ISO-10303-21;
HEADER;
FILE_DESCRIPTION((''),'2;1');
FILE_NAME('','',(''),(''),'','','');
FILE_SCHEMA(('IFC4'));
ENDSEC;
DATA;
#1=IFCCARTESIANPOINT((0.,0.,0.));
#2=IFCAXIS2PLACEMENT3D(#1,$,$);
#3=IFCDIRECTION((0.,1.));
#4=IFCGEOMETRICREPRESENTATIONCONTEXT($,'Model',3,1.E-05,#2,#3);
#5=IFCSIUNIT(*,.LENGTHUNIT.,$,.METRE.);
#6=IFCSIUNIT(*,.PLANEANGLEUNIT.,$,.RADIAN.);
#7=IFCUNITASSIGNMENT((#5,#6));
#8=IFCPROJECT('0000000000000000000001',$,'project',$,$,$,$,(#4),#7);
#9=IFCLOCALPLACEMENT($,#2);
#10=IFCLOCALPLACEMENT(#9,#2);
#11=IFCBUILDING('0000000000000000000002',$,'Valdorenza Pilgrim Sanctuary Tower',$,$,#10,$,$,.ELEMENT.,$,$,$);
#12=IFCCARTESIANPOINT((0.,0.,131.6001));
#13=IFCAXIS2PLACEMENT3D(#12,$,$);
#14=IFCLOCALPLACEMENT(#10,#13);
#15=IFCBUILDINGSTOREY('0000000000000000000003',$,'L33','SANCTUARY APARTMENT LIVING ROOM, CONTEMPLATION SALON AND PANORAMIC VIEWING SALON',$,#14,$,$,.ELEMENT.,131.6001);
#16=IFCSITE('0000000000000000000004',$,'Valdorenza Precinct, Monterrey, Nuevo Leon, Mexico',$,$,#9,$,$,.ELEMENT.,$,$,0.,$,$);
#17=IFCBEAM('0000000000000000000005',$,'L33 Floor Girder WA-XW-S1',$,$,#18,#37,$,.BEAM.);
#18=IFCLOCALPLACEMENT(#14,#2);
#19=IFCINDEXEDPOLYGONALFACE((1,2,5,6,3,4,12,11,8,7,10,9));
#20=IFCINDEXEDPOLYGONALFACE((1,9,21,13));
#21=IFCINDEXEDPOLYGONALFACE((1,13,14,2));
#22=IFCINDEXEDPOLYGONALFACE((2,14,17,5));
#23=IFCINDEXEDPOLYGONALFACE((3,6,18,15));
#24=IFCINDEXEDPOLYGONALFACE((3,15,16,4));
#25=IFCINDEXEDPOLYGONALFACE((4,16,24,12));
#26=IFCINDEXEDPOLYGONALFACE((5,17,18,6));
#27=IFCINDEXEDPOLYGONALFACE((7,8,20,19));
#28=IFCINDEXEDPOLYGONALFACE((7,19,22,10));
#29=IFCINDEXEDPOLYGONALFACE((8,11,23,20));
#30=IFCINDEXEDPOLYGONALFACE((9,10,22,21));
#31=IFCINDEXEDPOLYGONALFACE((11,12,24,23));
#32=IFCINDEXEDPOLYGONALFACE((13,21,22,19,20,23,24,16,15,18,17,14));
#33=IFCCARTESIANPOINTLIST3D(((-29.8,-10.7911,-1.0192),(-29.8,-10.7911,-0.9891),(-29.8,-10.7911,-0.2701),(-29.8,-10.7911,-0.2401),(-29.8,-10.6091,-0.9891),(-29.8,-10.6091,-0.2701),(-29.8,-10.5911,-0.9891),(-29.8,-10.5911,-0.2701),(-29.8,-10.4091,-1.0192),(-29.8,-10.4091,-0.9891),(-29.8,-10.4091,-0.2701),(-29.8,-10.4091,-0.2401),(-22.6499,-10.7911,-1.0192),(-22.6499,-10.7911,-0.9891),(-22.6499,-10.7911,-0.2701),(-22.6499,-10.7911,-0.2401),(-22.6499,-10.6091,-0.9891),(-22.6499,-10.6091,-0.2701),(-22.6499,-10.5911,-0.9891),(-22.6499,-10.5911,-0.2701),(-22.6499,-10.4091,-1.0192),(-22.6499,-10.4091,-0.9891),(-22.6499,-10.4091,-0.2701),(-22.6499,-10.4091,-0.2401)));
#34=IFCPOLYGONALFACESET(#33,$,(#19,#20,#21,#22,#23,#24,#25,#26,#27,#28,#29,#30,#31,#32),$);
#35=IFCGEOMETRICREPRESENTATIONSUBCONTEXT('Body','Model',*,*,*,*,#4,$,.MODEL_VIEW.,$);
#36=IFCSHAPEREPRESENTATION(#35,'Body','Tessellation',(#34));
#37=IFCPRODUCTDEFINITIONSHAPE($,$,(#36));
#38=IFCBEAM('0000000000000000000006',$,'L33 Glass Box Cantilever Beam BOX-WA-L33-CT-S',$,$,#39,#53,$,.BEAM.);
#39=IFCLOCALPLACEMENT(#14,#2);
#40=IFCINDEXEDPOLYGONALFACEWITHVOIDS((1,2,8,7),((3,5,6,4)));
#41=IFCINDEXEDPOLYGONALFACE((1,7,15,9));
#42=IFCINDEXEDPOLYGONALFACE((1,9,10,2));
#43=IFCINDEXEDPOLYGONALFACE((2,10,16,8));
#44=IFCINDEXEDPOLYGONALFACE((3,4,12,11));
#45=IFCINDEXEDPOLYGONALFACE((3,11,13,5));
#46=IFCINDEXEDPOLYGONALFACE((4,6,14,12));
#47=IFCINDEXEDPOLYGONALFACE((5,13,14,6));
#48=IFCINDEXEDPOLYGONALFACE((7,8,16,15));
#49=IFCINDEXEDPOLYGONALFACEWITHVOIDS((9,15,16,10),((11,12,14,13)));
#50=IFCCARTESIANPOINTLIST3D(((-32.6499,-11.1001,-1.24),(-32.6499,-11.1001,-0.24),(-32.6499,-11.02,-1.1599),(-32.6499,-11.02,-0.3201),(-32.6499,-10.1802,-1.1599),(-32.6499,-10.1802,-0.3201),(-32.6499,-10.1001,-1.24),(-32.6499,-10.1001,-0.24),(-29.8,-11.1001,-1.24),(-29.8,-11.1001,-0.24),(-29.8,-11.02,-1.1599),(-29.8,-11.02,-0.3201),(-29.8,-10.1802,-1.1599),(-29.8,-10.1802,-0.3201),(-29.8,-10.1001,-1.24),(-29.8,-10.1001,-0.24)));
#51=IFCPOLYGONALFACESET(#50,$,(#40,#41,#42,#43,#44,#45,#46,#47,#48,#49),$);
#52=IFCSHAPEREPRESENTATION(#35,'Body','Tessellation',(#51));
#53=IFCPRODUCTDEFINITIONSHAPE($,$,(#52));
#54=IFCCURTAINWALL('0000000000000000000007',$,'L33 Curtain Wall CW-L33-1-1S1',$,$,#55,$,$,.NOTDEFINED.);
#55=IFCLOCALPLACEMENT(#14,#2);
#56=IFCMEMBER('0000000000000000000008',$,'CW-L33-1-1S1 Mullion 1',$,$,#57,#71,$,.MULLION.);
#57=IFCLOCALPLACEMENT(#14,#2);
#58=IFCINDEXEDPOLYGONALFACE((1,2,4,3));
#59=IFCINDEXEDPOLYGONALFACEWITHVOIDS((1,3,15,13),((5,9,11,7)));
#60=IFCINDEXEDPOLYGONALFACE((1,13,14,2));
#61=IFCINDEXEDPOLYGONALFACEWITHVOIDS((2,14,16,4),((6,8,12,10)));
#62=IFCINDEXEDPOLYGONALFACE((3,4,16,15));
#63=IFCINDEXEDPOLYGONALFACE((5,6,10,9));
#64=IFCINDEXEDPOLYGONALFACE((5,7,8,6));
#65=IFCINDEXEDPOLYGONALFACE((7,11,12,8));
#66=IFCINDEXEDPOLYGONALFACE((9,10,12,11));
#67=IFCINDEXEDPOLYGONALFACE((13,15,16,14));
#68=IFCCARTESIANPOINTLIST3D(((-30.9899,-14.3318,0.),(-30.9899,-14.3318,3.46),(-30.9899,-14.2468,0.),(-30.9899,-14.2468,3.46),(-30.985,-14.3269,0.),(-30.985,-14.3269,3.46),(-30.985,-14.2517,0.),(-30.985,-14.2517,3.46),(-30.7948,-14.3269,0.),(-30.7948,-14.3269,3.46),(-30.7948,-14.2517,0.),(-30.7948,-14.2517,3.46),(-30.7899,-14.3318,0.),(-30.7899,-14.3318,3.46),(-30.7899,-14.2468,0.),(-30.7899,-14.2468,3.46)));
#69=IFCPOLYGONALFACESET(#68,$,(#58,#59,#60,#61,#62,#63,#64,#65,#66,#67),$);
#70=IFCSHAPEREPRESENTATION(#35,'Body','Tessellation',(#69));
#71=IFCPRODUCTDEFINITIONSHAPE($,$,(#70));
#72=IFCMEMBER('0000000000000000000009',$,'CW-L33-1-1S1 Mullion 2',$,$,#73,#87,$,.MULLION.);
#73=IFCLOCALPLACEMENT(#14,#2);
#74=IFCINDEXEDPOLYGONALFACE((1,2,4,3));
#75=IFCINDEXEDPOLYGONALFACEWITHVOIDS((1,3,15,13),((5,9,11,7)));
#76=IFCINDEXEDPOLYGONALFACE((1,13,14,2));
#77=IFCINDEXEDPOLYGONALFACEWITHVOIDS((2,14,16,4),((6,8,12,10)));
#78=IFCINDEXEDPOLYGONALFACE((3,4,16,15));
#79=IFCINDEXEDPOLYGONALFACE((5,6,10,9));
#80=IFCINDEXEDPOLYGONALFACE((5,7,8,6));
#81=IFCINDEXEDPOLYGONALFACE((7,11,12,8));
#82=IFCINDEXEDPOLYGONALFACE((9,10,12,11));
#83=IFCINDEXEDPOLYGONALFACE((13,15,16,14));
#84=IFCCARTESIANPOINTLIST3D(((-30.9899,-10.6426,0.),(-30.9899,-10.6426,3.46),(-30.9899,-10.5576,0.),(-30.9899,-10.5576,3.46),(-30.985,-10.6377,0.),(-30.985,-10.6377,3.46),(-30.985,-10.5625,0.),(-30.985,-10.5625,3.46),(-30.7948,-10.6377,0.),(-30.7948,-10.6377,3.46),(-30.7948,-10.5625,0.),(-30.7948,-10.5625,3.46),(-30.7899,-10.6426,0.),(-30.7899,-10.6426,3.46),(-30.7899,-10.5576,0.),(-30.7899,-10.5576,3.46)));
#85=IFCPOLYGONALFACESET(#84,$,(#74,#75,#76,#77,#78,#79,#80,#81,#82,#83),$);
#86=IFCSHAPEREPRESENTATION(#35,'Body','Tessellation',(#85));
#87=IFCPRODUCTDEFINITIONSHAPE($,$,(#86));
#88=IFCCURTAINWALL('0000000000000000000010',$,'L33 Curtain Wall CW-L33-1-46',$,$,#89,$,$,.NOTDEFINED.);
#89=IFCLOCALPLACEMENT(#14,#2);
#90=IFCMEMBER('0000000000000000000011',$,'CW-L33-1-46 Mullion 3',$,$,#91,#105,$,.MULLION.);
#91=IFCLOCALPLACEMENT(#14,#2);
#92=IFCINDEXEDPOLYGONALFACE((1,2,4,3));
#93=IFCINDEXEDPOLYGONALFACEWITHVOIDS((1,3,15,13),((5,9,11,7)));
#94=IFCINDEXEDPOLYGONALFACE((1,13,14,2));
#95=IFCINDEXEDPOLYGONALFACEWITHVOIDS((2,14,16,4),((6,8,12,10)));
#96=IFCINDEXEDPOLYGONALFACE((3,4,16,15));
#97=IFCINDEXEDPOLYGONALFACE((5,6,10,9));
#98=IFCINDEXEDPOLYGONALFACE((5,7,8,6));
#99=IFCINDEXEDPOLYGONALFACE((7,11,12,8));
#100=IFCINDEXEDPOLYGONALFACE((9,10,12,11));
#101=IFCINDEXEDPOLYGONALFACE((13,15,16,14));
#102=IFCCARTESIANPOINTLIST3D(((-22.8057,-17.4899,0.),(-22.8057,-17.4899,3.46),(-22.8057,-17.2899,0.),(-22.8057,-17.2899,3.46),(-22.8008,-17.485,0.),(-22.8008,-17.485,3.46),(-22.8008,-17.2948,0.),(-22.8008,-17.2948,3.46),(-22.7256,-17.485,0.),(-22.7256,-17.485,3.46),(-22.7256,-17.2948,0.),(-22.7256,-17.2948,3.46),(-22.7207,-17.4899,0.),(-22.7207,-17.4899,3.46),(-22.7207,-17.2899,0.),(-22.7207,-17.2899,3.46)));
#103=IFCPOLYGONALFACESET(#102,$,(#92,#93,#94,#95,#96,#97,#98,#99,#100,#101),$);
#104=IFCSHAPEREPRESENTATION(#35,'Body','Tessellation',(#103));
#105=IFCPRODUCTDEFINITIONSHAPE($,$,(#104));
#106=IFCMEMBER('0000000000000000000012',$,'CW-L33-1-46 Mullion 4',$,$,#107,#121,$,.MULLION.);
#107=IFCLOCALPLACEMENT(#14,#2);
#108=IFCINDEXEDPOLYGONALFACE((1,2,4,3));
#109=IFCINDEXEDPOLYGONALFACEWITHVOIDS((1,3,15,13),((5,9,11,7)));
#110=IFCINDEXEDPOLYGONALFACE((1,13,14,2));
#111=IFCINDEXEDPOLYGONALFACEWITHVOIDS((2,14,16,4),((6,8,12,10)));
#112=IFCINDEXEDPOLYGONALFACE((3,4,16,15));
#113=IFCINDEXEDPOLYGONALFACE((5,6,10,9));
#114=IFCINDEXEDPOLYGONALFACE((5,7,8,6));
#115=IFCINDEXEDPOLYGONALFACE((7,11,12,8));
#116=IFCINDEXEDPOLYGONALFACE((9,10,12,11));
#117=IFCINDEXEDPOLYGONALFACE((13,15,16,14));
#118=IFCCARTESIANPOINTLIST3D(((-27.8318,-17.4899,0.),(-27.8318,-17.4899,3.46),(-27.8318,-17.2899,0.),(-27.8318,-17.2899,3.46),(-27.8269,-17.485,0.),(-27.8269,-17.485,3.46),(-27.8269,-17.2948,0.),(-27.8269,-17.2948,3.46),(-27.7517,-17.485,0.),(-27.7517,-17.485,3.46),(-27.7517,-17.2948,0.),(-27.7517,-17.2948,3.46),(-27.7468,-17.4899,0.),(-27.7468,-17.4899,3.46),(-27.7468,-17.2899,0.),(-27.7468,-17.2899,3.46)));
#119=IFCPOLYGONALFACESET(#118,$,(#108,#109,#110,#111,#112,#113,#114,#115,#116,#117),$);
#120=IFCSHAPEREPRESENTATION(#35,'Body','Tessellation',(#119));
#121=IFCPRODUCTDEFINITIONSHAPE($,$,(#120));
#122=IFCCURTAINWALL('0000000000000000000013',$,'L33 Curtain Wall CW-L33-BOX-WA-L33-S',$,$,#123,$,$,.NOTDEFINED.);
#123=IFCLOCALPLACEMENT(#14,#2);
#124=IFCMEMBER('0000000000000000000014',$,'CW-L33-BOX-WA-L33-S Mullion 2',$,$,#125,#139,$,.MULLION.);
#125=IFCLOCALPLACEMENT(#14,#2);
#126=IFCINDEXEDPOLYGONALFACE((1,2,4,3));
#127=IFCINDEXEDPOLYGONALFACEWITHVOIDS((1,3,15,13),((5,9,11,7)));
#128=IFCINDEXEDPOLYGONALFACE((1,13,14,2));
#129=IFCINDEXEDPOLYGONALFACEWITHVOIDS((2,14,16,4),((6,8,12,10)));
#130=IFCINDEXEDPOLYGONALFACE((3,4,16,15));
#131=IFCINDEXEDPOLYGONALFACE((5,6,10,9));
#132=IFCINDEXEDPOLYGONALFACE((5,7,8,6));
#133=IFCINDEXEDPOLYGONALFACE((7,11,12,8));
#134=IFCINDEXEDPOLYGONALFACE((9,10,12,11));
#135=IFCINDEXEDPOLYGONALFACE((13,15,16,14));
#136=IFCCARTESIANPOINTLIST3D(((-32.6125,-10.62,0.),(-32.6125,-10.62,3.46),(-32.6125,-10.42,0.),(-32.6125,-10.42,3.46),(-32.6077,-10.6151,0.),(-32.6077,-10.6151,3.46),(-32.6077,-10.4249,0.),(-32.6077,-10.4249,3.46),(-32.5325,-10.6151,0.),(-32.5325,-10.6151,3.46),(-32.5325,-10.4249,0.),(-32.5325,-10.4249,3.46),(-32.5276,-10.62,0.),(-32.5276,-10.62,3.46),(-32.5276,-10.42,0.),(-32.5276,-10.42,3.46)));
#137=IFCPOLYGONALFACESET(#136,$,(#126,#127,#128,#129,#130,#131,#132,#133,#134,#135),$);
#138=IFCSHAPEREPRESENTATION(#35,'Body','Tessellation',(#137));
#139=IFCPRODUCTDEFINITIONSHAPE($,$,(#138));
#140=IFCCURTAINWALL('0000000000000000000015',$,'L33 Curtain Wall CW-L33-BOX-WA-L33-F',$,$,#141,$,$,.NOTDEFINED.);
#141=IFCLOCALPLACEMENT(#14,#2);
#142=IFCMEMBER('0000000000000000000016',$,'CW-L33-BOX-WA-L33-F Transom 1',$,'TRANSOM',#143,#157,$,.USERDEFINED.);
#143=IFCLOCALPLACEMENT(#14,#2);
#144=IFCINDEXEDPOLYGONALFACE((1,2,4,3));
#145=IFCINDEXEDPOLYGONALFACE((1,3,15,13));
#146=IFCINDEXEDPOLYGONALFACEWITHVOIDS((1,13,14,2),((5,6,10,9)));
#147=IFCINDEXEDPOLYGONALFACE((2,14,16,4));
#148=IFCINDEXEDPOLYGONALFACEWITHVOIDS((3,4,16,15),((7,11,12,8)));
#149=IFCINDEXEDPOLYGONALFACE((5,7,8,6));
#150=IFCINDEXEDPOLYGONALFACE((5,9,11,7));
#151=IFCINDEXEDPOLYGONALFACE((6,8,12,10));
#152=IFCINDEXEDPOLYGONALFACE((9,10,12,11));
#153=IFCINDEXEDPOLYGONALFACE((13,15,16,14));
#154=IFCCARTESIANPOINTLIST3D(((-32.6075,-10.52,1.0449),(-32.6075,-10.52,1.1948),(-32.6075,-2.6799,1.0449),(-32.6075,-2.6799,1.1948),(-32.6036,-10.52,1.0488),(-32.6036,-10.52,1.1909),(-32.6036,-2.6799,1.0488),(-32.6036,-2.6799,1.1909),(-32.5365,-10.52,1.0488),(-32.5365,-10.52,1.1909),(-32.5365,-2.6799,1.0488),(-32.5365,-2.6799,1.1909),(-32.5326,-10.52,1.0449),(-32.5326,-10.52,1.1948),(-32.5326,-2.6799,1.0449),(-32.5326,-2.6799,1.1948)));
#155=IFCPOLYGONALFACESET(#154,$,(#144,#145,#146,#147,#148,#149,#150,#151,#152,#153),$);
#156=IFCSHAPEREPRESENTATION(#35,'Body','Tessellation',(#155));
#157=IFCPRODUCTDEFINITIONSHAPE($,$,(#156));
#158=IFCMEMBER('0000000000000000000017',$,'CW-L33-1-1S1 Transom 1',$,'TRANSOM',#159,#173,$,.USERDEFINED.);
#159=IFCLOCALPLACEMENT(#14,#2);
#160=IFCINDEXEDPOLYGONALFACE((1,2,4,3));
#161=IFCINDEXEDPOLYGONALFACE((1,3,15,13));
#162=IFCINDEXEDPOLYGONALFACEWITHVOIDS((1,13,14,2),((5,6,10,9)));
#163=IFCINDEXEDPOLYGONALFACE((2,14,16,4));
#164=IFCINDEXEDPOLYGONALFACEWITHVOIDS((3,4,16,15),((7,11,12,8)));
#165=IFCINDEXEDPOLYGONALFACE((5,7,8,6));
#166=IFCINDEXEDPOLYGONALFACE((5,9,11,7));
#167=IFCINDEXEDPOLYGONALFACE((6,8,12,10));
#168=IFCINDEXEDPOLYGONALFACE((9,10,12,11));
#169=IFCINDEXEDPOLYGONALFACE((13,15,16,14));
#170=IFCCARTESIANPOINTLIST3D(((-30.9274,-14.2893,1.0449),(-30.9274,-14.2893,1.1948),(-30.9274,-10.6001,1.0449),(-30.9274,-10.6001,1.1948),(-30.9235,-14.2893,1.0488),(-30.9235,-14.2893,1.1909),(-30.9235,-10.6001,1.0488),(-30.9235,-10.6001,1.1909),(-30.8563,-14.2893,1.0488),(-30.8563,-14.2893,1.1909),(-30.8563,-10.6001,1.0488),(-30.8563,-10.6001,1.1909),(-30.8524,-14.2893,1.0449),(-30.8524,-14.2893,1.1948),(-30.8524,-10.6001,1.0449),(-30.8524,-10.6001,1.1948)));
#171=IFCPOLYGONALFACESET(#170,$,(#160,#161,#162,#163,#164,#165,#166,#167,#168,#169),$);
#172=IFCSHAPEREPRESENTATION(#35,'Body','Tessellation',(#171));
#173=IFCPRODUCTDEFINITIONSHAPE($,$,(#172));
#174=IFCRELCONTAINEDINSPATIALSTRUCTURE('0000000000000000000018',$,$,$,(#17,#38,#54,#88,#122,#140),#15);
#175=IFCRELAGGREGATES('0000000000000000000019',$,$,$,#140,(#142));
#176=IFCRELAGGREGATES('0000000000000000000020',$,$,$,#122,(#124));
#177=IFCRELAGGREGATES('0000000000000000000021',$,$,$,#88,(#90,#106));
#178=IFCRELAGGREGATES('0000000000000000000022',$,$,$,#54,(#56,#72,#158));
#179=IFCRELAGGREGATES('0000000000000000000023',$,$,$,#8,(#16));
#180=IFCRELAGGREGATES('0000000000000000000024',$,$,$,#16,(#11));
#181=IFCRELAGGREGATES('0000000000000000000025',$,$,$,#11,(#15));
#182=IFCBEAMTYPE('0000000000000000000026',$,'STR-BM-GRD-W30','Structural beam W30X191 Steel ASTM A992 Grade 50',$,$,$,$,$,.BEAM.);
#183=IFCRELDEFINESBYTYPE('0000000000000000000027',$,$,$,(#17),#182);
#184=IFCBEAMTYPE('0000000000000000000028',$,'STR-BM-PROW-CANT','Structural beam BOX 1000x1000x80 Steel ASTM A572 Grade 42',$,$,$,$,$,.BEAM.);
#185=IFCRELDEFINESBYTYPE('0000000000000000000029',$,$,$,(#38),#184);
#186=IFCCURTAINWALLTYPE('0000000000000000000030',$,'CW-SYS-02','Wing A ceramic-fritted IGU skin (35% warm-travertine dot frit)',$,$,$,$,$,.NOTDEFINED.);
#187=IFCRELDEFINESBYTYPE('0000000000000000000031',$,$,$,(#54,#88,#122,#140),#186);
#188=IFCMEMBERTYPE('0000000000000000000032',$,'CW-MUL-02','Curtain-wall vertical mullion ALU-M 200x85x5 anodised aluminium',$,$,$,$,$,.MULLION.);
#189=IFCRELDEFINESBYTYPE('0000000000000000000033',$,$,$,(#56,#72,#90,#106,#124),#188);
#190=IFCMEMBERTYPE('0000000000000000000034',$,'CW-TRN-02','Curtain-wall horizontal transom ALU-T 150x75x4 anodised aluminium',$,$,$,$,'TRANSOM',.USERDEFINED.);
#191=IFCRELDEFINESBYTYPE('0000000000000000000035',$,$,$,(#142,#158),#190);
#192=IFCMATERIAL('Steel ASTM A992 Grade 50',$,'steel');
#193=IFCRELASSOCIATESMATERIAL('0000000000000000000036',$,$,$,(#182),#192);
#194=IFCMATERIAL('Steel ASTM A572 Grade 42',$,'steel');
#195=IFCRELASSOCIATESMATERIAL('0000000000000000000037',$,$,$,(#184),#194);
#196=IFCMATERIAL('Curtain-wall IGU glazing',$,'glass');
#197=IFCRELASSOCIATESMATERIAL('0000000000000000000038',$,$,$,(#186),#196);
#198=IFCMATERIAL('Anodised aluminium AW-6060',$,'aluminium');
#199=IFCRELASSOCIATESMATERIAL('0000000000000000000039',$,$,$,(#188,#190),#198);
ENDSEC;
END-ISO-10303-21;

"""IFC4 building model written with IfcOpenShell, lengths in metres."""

from ifc_helpers import new_model, si_unit, direction, frame, origin, origin_2d, place, context, subcontext, project, spatial, hollow_rectangle, i_section, extrude, source, transform, mapped, material, material_profile, profile_set, type_object, element, aggregate, save


model = new_model("IFC4")

# Units and contexts
model_context = context("Model", 3, precision=1e-05, world=origin(), true_north=direction((0.0, 1.0)))
body_context = subcontext(model_context, "Body", "Model", "MODEL_VIEW")
ifc_project = project(units=[si_unit("LENGTHUNIT", "METRE"), si_unit("PLANEANGLEUNIT", "RADIAN")], contexts=[model_context])

# Site, building, storey
site_placement = place(None, origin())
site = spatial("IfcSite", under=ifc_project, at=site_placement, Name="Valdorenza Precinct, Monterrey, Nuevo Leon, Mexico", CompositionType="ELEMENT", RefElevation=0.0)
building_placement = place(site_placement, origin())
building = spatial("IfcBuilding", under=site, at=building_placement, Name="Valdorenza Pilgrim Sanctuary Tower", CompositionType="ELEMENT")
storey_placement = place(building_placement, frame((0.0, 0.0, 131.6001)))
storey = spatial("IfcBuildingStorey", under=building, at=storey_placement, Name="L33", Description="SANCTUARY APARTMENT LIVING ROOM, CONTEMPLATION SALON AND PANORAMIC VIEWING SALON", CompositionType="ELEMENT", Elevation=131.6001)

# Shared definitions
ifc_material_1 = material(Name="Steel ASTM A992 Grade 50", Category="steel")

# Beams
ifc_material_profile_1 = material_profile(ifc_material_1, i_section(OverallWidth=0.3821, OverallDepth=0.7791, WebThickness=0.0181, FlangeThickness=0.03, at=origin_2d()), Name="W30X191")
ifc_profile_set_1 = profile_set([ifc_material_profile_1], Name="Steel ASTM A992 Grade 50")
beam_type_1 = type_object("IfcBeamType", Name="STR-BM-GRD-W30", Description="Structural beam W30X191 Steel ASTM A992 Grade 50", PredefinedType="BEAM", material=ifc_profile_set_1)
shared_shape_1 = source(origin(), body_context, "Body", "SweptSolid", [
    extrude(i_section(OverallWidth=0.3821, OverallDepth=0.7791, WebThickness=0.0181, FlangeThickness=0.03, at=origin_2d()), origin(), (0.0, 0.0, 1.0), 7.1501),
])
beam_1_placement = place(storey_placement, frame((-29.8, -10.6001, -0.6296), z_axis=(1.0, 0.0, 0.0), x_axis=(0.0, 1.0, 0.0)))
element("IfcBeam", 1, at=beam_1_placement, inside=storey, type_object=beam_type_1, Name="L33 Floor Girder WA-XW-S1", PredefinedType="BEAM", context=body_context, shape_type="MappedRepresentation", body=[
    mapped(shared_shape_1, transform((0.0, 0.0, 0.0), x_axis=(1.0, 0.0, 0.0), y_axis=(0.0, 1.0, 0.0), z_axis=(0.0, 0.0, 1.0), scale=1.0)),
])
ifc_material_2 = material(Name="Steel ASTM A572 Grade 42", Category="steel")
ifc_material_profile_2 = material_profile(ifc_material_2, hollow_rectangle(XDim=1.0, YDim=1.0, WallThickness=0.0801, at=origin_2d()), Name="BOX 1000x1000x80")
ifc_profile_set_2 = profile_set([ifc_material_profile_2], Name="Steel ASTM A572 Grade 42")
beam_type_2 = type_object("IfcBeamType", Name="STR-BM-PROW-CANT", Description="Structural beam BOX 1000x1000x80 Steel ASTM A572 Grade 42", PredefinedType="BEAM", material=ifc_profile_set_2)
shared_shape_2 = source(origin(), body_context, "Body", "SweptSolid", [
    extrude(hollow_rectangle(XDim=1.0, YDim=1.0, WallThickness=0.0801, at=origin_2d()), origin(), (0.0, 0.0, 1.0), 2.8499),
])
beam_2_placement = place(storey_placement, frame((-29.8, -10.6001, -0.74), z_axis=(-1.0, 0.0, 0.0), x_axis=(0.0, -1.0, 0.0)))
element("IfcBeam", 2, at=beam_2_placement, inside=storey, type_object=beam_type_2, Name="L33 Glass Box Cantilever Beam BOX-WA-L33-CT-S", PredefinedType="BEAM", context=body_context, shape_type="MappedRepresentation", body=[
    mapped(shared_shape_2, transform((0.0, 0.0, 0.0), x_axis=(1.0, 0.0, 0.0), y_axis=(0.0, 1.0, 0.0), z_axis=(0.0, 0.0, 1.0), scale=1.0)),
])

# Curtain walls, members
ifc_material_3 = material(Name="Curtain-wall IGU glazing", Category="glass")
curtain_wall_type = type_object("IfcCurtainWallType", Name="CW-SYS-02", Description="Wing A ceramic-fritted IGU skin (35% warm-travertine dot frit)", PredefinedType="NOTDEFINED", material=ifc_material_3)
curtain_wall_1_placement = place(storey_placement, origin())
curtain_wall_1 = element("IfcCurtainWall", 3, at=curtain_wall_1_placement, inside=storey, type_object=curtain_wall_type, Name="L33 Curtain Wall CW-L33-1-1S1", PredefinedType="NOTDEFINED")
ifc_material_4 = material(Name="Anodised aluminium AW-6060", Category="aluminium")
ifc_material_profile_3 = material_profile(ifc_material_4, hollow_rectangle(XDim=0.085, YDim=0.2, WallThickness=0.0049, at=origin_2d()), Name="ALU-M 200x85x5")
ifc_profile_set_3 = profile_set([ifc_material_profile_3], Name="Anodised aluminium AW-6060")
member_type_1 = type_object("IfcMemberType", Name="CW-MUL-02", Description="Curtain-wall vertical mullion ALU-M 200x85x5 anodised aluminium", PredefinedType="MULLION", material=ifc_profile_set_3)
shared_shape_3 = source(origin(), body_context, "Body", "SweptSolid", [
    extrude(hollow_rectangle(XDim=0.085, YDim=0.2, WallThickness=0.0049, at=origin_2d()), origin(), (0.0, 0.0, 1.0), 3.46),
])
member_1_placement = place(storey_placement, frame((-30.8899, -14.2893, 0.0), z_axis=(0.0, 0.0, 1.0), x_axis=(0.0, 1.0, 0.0)))
member_1 = element("IfcMember", 4, at=member_1_placement, type_object=member_type_1, Name="CW-L33-1-1S1 Mullion 1", PredefinedType="MULLION", context=body_context, shape_type="MappedRepresentation", body=[
    mapped(shared_shape_3, transform((0.0, 0.0, 0.0), x_axis=(1.0, 0.0, 0.0), y_axis=(0.0, 1.0, 0.0), z_axis=(0.0, 0.0, 1.0), scale=1.0)),
])
member_2_placement = place(storey_placement, frame((-30.8899, -10.6001, 0.0), z_axis=(0.0, 0.0, 1.0), x_axis=(0.0, 1.0, 0.0)))
member_2 = element("IfcMember", 5, at=member_2_placement, type_object=member_type_1, Name="CW-L33-1-1S1 Mullion 2", PredefinedType="MULLION", context=body_context, shape_type="MappedRepresentation", body=[
    mapped(shared_shape_3, transform((0.0, 0.0, 0.0), x_axis=(1.0, 0.0, 0.0), y_axis=(0.0, 1.0, 0.0), z_axis=(0.0, 0.0, 1.0), scale=1.0)),
])
curtain_wall_2_placement = place(storey_placement, origin())
curtain_wall_2 = element("IfcCurtainWall", 6, at=curtain_wall_2_placement, inside=storey, type_object=curtain_wall_type, Name="L33 Curtain Wall CW-L33-1-46", PredefinedType="NOTDEFINED")
member_3_placement = place(storey_placement, frame((-22.7632, -17.3899, 0.0), z_axis=(0.0, 0.0, 1.0), x_axis=(-1.0, 0.0, 0.0)))
member_3 = element("IfcMember", 7, at=member_3_placement, type_object=member_type_1, Name="CW-L33-1-46 Mullion 3", PredefinedType="MULLION", context=body_context, shape_type="MappedRepresentation", body=[
    mapped(shared_shape_3, transform((0.0, 0.0, 0.0), x_axis=(1.0, 0.0, 0.0), y_axis=(0.0, 1.0, 0.0), z_axis=(0.0, 0.0, 1.0), scale=1.0)),
])
member_4_placement = place(storey_placement, frame((-27.7893, -17.3899, 0.0), z_axis=(0.0, 0.0, 1.0), x_axis=(-1.0, 0.0, 0.0)))
member_4 = element("IfcMember", 8, at=member_4_placement, type_object=member_type_1, Name="CW-L33-1-46 Mullion 4", PredefinedType="MULLION", context=body_context, shape_type="MappedRepresentation", body=[
    mapped(shared_shape_3, transform((0.0, 0.0, 0.0), x_axis=(1.0, 0.0, 0.0), y_axis=(0.0, 1.0, 0.0), z_axis=(0.0, 0.0, 1.0), scale=1.0)),
])

# Curtain walls, members
curtain_wall_3_placement = place(storey_placement, origin())
curtain_wall_3 = element("IfcCurtainWall", 9, at=curtain_wall_3_placement, inside=storey, type_object=curtain_wall_type, Name="L33 Curtain Wall CW-L33-BOX-WA-L33-S", PredefinedType="NOTDEFINED")
member_5_placement = place(storey_placement, frame((-32.5701, -10.52, 0.0), z_axis=(0.0, 0.0, 1.0), x_axis=(-1.0, 0.0, 0.0)))
member_5 = element("IfcMember", 10, at=member_5_placement, type_object=member_type_1, Name="CW-L33-BOX-WA-L33-S Mullion 2", PredefinedType="MULLION", context=body_context, shape_type="MappedRepresentation", body=[
    mapped(shared_shape_3, transform((0.0, 0.0, 0.0), x_axis=(1.0, 0.0, 0.0), y_axis=(0.0, 1.0, 0.0), z_axis=(0.0, 0.0, 1.0), scale=1.0)),
])
curtain_wall_4_placement = place(storey_placement, origin())
curtain_wall_4 = element("IfcCurtainWall", 11, at=curtain_wall_4_placement, inside=storey, type_object=curtain_wall_type, Name="L33 Curtain Wall CW-L33-BOX-WA-L33-F", PredefinedType="NOTDEFINED")
ifc_material_profile_4 = material_profile(ifc_material_4, hollow_rectangle(XDim=0.075, YDim=0.1499, WallThickness=0.0039, at=origin_2d()), Name="ALU-T 150x75x4")
ifc_profile_set_4 = profile_set([ifc_material_profile_4], Name="Anodised aluminium AW-6060")
member_type_2 = type_object("IfcMemberType", Name="CW-TRN-02", Description="Curtain-wall horizontal transom ALU-T 150x75x4 anodised aluminium", ElementType="TRANSOM", PredefinedType="USERDEFINED", material=ifc_profile_set_4)
shared_shape_4 = source(origin(), body_context, "Body", "SweptSolid", [
    extrude(hollow_rectangle(XDim=0.075, YDim=0.1499, WallThickness=0.0039, at=origin_2d()), origin(), (0.0, 0.0, 1.0), 7.8401),
])
member_6_placement = place(storey_placement, frame((-32.5701, -10.52, 1.1199), z_axis=(0.0, 1.0, 0.0), x_axis=(-1.0, 0.0, 0.0)))
member_6 = element("IfcMember", 12, at=member_6_placement, type_object=member_type_2, Name="CW-L33-BOX-WA-L33-F Transom 1", ObjectType="TRANSOM", PredefinedType="USERDEFINED", context=body_context, shape_type="MappedRepresentation", body=[
    mapped(shared_shape_4, transform((0.0, 0.0, 0.0), x_axis=(1.0, 0.0, 0.0), y_axis=(0.0, 1.0, 0.0), z_axis=(0.0, 0.0, 1.0), scale=1.0)),
])
aggregate(curtain_wall_4, [member_6])

# Member
shared_shape_5 = source(origin(), body_context, "Body", "SweptSolid", [
    extrude(hollow_rectangle(XDim=0.075, YDim=0.1499, WallThickness=0.0039, at=origin_2d()), origin(), (0.0, 0.0, 1.0), 3.6892),
])
member_7_placement = place(storey_placement, frame((-30.8899, -14.2893, 1.1199), z_axis=(0.0, 1.0, 0.0), x_axis=(-1.0, 0.0, 0.0)))
member_7 = element("IfcMember", 13, at=member_7_placement, type_object=member_type_2, Name="CW-L33-1-1S1 Transom 1", ObjectType="TRANSOM", PredefinedType="USERDEFINED", context=body_context, shape_type="MappedRepresentation", body=[
    mapped(shared_shape_5, transform((0.0, 0.0, 0.0), x_axis=(1.0, 0.0, 0.0), y_axis=(0.0, 1.0, 0.0), z_axis=(0.0, 0.0, 1.0), scale=1.0)),
])

aggregate(curtain_wall_3, [member_5])
aggregate(curtain_wall_2, [member_3, member_4])
aggregate(curtain_wall_1, [member_1, member_2, member_7])

save(model, "model.ifc")
